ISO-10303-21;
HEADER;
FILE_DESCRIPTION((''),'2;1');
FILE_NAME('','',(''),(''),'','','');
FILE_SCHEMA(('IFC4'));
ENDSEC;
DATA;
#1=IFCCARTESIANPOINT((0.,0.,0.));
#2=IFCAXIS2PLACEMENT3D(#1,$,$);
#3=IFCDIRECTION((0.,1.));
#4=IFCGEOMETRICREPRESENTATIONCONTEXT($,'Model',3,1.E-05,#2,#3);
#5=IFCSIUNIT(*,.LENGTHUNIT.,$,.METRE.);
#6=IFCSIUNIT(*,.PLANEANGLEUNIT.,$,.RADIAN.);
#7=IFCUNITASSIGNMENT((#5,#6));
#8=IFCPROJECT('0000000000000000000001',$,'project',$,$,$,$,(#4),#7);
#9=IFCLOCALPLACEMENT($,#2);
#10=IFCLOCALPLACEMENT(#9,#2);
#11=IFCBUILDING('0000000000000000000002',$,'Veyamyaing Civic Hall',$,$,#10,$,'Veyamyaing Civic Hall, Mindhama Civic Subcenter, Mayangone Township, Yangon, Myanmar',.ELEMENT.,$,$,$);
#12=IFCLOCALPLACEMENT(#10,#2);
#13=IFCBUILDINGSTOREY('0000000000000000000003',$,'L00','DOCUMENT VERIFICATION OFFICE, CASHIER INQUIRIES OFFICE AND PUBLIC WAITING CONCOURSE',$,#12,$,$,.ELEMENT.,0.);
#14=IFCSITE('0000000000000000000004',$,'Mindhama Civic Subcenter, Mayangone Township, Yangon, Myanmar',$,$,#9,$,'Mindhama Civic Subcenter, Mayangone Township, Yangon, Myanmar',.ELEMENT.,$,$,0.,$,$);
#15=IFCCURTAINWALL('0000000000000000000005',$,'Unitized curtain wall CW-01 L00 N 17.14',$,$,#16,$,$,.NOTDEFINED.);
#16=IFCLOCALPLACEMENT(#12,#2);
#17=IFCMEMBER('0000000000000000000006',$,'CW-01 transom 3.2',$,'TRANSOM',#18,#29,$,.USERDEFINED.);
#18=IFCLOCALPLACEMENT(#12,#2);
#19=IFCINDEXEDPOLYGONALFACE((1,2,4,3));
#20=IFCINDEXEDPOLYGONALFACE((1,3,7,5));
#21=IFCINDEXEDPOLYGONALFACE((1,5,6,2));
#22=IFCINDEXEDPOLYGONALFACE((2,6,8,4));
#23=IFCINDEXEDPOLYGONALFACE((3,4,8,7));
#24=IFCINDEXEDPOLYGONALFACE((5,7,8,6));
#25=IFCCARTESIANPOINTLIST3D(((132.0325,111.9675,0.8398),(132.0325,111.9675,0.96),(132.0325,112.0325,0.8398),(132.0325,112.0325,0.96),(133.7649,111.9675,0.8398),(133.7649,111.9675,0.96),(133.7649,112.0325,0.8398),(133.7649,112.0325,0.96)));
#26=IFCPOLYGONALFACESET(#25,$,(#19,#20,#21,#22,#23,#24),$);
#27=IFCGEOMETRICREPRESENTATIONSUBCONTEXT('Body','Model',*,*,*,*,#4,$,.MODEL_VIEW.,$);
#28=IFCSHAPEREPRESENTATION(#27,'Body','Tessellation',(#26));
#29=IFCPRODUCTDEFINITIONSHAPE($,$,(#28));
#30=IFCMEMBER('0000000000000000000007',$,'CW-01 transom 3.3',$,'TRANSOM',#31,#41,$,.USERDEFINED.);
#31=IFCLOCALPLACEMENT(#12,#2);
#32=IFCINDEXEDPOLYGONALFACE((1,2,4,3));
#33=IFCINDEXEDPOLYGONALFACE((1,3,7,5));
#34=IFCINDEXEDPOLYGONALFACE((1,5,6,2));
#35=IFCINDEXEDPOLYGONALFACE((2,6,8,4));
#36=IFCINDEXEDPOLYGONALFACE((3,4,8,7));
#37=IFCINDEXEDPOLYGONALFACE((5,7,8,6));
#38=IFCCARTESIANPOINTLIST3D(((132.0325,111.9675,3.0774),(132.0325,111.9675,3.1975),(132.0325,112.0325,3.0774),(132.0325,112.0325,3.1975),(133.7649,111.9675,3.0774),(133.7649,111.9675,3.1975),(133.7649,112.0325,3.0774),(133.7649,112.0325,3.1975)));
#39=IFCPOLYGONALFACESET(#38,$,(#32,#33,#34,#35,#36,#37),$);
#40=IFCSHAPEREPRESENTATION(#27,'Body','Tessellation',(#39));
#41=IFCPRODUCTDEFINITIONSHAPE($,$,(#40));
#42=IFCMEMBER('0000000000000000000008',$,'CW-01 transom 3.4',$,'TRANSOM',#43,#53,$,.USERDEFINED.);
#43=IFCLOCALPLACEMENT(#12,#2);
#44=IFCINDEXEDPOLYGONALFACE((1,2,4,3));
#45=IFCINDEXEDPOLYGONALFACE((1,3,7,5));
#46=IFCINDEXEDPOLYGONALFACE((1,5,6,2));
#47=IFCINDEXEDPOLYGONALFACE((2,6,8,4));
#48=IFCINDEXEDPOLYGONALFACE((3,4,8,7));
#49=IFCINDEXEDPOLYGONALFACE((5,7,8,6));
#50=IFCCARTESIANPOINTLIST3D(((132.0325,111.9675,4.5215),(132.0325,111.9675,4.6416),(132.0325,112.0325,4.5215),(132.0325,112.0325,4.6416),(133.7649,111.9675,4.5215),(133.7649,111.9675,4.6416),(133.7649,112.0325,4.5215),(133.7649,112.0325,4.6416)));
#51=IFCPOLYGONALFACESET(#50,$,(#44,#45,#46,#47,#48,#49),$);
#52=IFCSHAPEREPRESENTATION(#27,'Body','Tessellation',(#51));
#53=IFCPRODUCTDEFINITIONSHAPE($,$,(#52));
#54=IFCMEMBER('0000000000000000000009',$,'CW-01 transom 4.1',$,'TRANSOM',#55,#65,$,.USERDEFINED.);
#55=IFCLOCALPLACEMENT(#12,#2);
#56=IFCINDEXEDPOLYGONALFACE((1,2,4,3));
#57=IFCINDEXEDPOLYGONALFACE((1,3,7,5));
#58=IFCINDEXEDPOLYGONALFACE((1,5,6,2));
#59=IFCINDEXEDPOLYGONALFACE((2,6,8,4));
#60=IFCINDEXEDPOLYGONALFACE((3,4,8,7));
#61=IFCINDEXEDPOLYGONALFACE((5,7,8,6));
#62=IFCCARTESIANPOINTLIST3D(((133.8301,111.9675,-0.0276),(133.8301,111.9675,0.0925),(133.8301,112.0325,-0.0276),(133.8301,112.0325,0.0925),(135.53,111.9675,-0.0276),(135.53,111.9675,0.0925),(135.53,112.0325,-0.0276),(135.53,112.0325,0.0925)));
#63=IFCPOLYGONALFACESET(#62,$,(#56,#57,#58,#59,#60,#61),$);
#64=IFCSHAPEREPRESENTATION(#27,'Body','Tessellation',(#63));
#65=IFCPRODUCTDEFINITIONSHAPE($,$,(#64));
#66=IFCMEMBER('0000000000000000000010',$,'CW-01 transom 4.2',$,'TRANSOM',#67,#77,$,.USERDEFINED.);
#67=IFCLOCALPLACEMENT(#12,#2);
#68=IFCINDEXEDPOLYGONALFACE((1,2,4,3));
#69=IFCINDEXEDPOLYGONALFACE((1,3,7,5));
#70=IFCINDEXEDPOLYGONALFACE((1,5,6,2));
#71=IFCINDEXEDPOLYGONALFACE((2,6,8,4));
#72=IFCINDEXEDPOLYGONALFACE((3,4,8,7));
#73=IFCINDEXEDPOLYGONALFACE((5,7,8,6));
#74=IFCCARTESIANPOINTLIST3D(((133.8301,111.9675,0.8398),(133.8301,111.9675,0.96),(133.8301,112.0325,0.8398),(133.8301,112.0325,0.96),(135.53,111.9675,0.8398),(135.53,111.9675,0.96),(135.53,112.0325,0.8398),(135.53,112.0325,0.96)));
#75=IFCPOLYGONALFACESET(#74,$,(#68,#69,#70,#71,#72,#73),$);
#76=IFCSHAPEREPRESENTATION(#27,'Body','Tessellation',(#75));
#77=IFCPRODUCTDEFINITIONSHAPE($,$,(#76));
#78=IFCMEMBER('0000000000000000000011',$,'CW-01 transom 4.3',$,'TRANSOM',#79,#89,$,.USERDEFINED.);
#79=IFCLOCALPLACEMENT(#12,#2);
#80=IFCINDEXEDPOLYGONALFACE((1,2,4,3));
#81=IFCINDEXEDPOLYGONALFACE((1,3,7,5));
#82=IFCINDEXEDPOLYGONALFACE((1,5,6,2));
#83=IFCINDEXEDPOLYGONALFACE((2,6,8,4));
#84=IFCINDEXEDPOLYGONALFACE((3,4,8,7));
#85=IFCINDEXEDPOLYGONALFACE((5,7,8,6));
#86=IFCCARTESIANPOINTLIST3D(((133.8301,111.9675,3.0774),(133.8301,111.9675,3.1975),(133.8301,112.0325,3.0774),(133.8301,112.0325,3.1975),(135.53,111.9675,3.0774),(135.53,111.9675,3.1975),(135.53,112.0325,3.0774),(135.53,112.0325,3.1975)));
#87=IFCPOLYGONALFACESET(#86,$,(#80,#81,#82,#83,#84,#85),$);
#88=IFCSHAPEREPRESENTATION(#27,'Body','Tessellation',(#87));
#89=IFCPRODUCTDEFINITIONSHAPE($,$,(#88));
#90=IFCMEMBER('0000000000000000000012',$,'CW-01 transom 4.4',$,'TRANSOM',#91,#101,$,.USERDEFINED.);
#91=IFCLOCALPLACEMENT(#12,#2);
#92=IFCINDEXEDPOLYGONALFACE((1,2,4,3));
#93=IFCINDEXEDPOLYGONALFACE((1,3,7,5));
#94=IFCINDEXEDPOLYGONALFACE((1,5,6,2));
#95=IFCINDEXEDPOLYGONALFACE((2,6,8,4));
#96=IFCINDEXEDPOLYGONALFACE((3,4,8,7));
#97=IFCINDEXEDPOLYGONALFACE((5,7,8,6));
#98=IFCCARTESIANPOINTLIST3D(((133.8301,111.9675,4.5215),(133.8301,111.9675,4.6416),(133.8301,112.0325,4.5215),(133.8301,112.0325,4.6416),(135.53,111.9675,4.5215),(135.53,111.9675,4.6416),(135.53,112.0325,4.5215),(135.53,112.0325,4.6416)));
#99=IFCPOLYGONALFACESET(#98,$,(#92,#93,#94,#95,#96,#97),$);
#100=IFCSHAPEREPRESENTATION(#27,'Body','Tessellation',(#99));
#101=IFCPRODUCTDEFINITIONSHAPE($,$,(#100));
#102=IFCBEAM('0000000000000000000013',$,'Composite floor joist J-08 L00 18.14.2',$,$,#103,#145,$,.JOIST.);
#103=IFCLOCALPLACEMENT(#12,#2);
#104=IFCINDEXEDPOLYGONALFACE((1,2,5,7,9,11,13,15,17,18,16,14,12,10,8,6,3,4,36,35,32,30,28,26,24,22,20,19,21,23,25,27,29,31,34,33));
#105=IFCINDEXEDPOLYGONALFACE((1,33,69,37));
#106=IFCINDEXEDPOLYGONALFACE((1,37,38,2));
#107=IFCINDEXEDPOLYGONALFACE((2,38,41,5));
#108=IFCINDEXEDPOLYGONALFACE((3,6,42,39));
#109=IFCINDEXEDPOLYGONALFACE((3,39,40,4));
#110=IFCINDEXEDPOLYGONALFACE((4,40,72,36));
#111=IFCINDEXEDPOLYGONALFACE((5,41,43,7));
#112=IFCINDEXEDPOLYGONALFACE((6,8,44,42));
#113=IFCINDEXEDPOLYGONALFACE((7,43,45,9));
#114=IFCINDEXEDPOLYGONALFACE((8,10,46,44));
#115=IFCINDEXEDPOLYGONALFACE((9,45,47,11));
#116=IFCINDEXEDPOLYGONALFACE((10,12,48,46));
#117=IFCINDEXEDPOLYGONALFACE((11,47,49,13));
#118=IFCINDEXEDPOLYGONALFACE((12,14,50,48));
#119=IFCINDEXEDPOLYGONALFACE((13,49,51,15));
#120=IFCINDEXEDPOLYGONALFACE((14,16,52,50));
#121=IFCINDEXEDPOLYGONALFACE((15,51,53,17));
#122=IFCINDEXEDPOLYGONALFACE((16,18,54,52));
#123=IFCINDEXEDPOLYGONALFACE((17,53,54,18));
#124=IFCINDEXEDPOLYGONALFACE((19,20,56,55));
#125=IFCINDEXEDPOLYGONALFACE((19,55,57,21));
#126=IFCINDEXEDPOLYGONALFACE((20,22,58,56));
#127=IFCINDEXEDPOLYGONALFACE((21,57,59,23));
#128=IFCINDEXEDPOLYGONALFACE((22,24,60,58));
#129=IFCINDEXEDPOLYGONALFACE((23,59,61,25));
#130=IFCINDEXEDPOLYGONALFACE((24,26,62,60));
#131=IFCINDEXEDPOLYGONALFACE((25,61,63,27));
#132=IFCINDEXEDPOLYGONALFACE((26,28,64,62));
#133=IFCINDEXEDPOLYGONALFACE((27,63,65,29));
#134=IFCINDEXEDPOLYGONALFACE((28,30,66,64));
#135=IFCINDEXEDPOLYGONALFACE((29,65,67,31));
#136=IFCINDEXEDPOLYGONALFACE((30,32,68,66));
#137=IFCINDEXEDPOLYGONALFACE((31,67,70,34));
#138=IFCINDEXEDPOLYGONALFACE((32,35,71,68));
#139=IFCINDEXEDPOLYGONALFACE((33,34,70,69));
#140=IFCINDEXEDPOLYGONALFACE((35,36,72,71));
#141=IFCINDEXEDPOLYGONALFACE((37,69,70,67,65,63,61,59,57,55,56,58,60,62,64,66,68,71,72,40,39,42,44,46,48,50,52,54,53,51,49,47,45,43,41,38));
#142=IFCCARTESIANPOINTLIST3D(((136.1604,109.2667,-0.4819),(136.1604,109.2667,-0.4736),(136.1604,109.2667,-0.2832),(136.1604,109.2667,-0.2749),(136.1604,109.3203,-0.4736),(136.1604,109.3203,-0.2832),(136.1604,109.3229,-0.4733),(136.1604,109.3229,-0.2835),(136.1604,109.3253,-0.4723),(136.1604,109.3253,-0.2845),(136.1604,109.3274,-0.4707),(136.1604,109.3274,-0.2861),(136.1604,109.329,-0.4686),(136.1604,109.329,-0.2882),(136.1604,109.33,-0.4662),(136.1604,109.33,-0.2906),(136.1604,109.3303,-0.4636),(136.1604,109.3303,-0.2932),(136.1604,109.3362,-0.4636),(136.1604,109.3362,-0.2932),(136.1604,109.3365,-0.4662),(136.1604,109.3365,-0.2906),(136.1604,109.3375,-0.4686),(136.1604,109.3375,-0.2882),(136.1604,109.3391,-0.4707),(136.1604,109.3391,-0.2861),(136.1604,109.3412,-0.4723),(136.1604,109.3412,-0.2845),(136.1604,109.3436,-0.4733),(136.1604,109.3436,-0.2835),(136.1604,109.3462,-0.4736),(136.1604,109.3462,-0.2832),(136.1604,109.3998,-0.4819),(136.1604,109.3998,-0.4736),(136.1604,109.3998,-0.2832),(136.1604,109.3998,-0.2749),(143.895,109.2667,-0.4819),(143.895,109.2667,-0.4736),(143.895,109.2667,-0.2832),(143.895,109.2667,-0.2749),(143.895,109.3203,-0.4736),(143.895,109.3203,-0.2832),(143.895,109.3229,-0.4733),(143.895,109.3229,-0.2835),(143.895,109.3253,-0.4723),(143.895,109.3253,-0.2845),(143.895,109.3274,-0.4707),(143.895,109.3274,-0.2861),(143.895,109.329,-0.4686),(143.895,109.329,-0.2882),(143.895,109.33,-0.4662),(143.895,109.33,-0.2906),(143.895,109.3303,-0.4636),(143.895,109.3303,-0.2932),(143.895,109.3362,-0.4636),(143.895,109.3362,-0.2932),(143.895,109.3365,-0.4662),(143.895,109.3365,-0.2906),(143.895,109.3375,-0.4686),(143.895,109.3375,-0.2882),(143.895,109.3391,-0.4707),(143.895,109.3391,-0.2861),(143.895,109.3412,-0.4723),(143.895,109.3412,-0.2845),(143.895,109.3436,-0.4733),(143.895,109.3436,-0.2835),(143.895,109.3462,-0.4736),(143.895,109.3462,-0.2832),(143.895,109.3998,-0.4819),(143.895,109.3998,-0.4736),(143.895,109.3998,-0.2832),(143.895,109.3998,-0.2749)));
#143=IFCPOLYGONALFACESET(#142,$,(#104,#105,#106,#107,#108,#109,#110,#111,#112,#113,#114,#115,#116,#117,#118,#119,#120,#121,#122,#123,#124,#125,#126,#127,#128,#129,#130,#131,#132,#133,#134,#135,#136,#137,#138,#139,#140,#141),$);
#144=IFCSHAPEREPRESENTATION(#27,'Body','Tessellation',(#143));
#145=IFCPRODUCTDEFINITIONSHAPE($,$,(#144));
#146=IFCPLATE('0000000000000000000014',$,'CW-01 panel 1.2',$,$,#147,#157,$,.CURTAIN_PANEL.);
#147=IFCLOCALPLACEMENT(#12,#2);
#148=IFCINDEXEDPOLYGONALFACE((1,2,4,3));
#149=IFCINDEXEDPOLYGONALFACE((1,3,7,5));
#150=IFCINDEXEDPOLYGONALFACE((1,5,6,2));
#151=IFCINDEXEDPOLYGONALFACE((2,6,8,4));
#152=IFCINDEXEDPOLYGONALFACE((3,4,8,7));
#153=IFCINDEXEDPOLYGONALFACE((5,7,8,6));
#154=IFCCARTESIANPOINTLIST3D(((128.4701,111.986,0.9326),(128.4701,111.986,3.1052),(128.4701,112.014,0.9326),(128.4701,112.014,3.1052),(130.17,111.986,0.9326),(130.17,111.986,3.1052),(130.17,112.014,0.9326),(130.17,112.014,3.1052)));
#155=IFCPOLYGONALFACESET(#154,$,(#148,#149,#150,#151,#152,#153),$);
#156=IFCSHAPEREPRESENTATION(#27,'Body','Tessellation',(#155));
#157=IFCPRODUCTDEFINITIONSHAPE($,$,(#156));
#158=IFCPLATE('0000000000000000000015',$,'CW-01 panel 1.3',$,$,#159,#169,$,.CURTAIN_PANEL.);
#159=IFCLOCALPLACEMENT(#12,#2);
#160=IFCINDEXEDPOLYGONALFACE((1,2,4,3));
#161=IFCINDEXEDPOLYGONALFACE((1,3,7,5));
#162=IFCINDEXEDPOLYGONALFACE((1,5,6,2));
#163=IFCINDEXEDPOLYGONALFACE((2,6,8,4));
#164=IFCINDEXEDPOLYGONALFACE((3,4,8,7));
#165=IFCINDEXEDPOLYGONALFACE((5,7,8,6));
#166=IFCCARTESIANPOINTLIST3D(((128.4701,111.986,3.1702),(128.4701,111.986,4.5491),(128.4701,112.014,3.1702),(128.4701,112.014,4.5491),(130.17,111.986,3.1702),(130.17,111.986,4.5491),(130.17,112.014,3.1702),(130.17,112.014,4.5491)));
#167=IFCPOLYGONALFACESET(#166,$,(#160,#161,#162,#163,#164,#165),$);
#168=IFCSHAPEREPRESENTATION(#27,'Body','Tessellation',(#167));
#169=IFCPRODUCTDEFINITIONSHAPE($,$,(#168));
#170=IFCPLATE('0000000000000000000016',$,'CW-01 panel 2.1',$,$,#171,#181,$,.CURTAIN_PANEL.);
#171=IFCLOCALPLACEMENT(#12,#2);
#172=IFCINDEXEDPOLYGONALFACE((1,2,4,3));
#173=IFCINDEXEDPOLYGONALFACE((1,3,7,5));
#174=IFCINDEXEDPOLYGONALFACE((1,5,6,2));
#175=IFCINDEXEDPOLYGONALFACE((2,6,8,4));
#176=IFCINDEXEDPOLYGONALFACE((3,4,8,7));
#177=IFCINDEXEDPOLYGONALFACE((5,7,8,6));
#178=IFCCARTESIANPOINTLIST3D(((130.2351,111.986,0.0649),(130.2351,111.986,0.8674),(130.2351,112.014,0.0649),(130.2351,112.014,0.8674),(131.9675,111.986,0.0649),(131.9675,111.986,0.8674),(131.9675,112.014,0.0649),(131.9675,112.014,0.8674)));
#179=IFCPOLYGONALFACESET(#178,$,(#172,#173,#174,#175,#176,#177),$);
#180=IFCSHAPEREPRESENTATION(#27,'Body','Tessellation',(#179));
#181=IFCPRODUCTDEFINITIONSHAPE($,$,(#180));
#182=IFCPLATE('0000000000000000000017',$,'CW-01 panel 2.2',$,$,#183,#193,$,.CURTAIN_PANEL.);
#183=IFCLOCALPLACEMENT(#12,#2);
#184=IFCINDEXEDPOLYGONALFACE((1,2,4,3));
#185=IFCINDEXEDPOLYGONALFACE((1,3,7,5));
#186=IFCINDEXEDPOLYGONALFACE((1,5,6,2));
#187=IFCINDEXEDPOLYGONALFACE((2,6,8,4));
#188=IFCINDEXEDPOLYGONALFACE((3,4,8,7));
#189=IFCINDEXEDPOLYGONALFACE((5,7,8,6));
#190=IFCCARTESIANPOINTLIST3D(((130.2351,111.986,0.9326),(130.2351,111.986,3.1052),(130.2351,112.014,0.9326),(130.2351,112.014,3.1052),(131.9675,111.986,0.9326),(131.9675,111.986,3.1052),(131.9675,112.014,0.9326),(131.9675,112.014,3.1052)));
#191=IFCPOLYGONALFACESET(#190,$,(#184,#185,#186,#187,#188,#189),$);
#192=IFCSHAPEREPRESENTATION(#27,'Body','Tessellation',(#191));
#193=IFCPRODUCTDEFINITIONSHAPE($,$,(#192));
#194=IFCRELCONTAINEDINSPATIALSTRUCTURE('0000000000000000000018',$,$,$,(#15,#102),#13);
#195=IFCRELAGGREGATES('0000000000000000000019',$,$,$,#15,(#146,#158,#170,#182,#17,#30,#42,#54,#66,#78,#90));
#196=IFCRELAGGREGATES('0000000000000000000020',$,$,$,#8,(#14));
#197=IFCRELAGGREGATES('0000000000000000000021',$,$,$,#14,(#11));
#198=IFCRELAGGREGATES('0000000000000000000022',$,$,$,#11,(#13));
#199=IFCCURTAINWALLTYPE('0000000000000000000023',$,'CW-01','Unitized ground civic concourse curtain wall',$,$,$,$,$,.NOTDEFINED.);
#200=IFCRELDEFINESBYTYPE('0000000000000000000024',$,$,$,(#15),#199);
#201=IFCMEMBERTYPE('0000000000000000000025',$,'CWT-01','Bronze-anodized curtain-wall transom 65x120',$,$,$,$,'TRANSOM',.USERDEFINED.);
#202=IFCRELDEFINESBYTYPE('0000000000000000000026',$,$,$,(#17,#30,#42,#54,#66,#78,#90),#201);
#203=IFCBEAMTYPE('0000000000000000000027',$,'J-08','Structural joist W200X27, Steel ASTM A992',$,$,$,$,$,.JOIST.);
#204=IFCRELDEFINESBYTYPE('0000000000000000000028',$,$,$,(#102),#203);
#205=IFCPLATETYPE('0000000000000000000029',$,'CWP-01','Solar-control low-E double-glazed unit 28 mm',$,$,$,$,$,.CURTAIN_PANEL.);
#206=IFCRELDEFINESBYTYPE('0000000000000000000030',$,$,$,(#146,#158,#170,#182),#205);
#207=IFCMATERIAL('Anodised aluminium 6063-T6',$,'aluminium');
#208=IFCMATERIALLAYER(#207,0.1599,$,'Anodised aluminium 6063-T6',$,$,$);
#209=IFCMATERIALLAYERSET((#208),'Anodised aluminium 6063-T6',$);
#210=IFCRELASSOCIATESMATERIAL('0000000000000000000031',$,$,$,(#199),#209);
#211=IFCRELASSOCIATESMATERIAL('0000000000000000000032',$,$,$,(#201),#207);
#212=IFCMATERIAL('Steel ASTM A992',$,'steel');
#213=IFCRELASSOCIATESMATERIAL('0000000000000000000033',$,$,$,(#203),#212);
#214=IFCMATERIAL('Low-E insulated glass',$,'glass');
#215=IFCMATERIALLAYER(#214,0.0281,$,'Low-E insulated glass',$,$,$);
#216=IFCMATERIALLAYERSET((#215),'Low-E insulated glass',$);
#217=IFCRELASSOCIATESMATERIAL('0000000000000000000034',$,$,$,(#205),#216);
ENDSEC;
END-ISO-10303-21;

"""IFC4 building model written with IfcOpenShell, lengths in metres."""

from ifc_helpers import new_model, si_unit, direction, frame, origin, origin_2d, place, context, subcontext, project, spatial, rectangle, i_section, extrude, material, layer, layer_set, material_profile, profile_set, type_object, element, aggregate, save


model = new_model("IFC4")

# Units and contexts
model_context = context("Model", 3, precision=1e-05, world=origin(), true_north=direction((0.0, 1.0)))
body_context = subcontext(model_context, "Body", "Model", "MODEL_VIEW")
ifc_project = project(units=[si_unit("LENGTHUNIT", "METRE"), si_unit("PLANEANGLEUNIT", "RADIAN")], contexts=[model_context])

# Site, building, storey
site_placement = place(None, origin())
site = spatial("IfcSite", under=ifc_project, at=site_placement, Name="Mindhama Civic Subcenter, Mayangone Township, Yangon, Myanmar", LongName="Mindhama Civic Subcenter, Mayangone Township, Yangon, Myanmar", CompositionType="ELEMENT", RefElevation=0.0)
building_placement = place(site_placement, origin())
building = spatial("IfcBuilding", under=site, at=building_placement, Name="Veyamyaing Civic Hall", LongName="Veyamyaing Civic Hall, Mindhama Civic Subcenter, Mayangone Township, Yangon, Myanmar", CompositionType="ELEMENT")
storey_placement = place(building_placement, origin())
storey = spatial("IfcBuildingStorey", under=building, at=storey_placement, Name="L00", Description="DOCUMENT VERIFICATION OFFICE, CASHIER INQUIRIES OFFICE AND PUBLIC WAITING CONCOURSE", CompositionType="ELEMENT", Elevation=0.0)

# Shared definitions
ifc_material_1 = material(Name="Steel ASTM A992", Category="steel")

# Curtain wall, members
ifc_material_2 = material(Name="Anodised aluminium 6063-T6", Category="aluminium")
ifc_layer_1 = layer(ifc_material_2, 0.1599, Name="Anodised aluminium 6063-T6")
ifc_layer_set_1 = layer_set([ifc_layer_1], Name="Anodised aluminium 6063-T6")
curtain_wall_type = type_object("IfcCurtainWallType", Name="CW-01", Description="Unitized ground civic concourse curtain wall", PredefinedType="NOTDEFINED", material=ifc_layer_set_1)
curtain_wall_placement = place(storey_placement, origin())
curtain_wall = element("IfcCurtainWall", 1, at=curtain_wall_placement, inside=storey, type_object=curtain_wall_type, Name="Unitized curtain wall CW-01 L00 N 17.14", PredefinedType="NOTDEFINED")
ifc_material_profile_1 = material_profile(ifc_material_2, rectangle(XDim=0.0649, YDim=0.1201, at=origin_2d()), Name="ALU-TRN-65X120")
ifc_profile_set_1 = profile_set([ifc_material_profile_1], Name="Anodised aluminium 6063-T6")
member_type_1 = type_object("IfcMemberType", Name="CWT-01", Description="Bronze-anodized curtain-wall transom 65x120", ElementType="TRANSOM", PredefinedType="USERDEFINED", material=ifc_profile_set_1)
member_1_placement = place(storey_placement, frame((132.0325, 112.0, 0.8999), z_axis=(1.0, 0.0, 0.0), x_axis=(0.0, 1.0, 0.0)))
member_1 = element("IfcMember", 2, at=member_1_placement, type_object=member_type_1, Name="CW-01 transom 3.2", ObjectType="TRANSOM", PredefinedType="USERDEFINED", context=body_context, shape_type="SweptSolid", body=[
    extrude(rectangle(XDim=0.0649, YDim=0.1201, at=origin_2d()), origin(), (0.0, 0.0, 1.0), 1.7324),
])
member_2_placement = place(storey_placement, frame((132.0325, 112.0, 3.1375), z_axis=(1.0, 0.0, 0.0), x_axis=(0.0, 1.0, 0.0)))
member_2 = element("IfcMember", 3, at=member_2_placement, type_object=member_type_1, Name="CW-01 transom 3.3", ObjectType="TRANSOM", PredefinedType="USERDEFINED", context=body_context, shape_type="SweptSolid", body=[
    extrude(rectangle(XDim=0.0649, YDim=0.1201, at=origin_2d()), origin(), (0.0, 0.0, 1.0), 1.7324),
])
member_3_placement = place(storey_placement, frame((132.0325, 112.0, 4.5815), z_axis=(1.0, 0.0, 0.0), x_axis=(0.0, 1.0, 0.0)))
member_3 = element("IfcMember", 4, at=member_3_placement, type_object=member_type_1, Name="CW-01 transom 3.4", ObjectType="TRANSOM", PredefinedType="USERDEFINED", context=body_context, shape_type="SweptSolid", body=[
    extrude(rectangle(XDim=0.0649, YDim=0.1201, at=origin_2d()), origin(), (0.0, 0.0, 1.0), 1.7324),
])
member_4_placement = place(storey_placement, frame((133.8301, 112.0, 0.0325), z_axis=(1.0, 0.0, 0.0), x_axis=(0.0, 1.0, 0.0)))
member_4 = element("IfcMember", 5, at=member_4_placement, type_object=member_type_1, Name="CW-01 transom 4.1", ObjectType="TRANSOM", PredefinedType="USERDEFINED", context=body_context, shape_type="SweptSolid", body=[
    extrude(rectangle(XDim=0.0649, YDim=0.1201, at=origin_2d()), origin(), (0.0, 0.0, 1.0), 1.7),
])
member_5_placement = place(storey_placement, frame((133.8301, 112.0, 0.8999), z_axis=(1.0, 0.0, 0.0), x_axis=(0.0, 1.0, 0.0)))
member_5 = element("IfcMember", 6, at=member_5_placement, type_object=member_type_1, Name="CW-01 transom 4.2", ObjectType="TRANSOM", PredefinedType="USERDEFINED", context=body_context, shape_type="SweptSolid", body=[
    extrude(rectangle(XDim=0.0649, YDim=0.1201, at=origin_2d()), origin(), (0.0, 0.0, 1.0), 1.7),
])
member_6_placement = place(storey_placement, frame((133.8301, 112.0, 3.1375), z_axis=(1.0, 0.0, 0.0), x_axis=(0.0, 1.0, 0.0)))
member_6 = element("IfcMember", 7, at=member_6_placement, type_object=member_type_1, Name="CW-01 transom 4.3", ObjectType="TRANSOM", PredefinedType="USERDEFINED", context=body_context, shape_type="SweptSolid", body=[
    extrude(rectangle(XDim=0.0649, YDim=0.1201, at=origin_2d()), origin(), (0.0, 0.0, 1.0), 1.7),
])
member_7_placement = place(storey_placement, frame((133.8301, 112.0, 4.5815), z_axis=(1.0, 0.0, 0.0), x_axis=(0.0, 1.0, 0.0)))
member_7 = element("IfcMember", 8, at=member_7_placement, type_object=member_type_1, Name="CW-01 transom 4.4", ObjectType="TRANSOM", PredefinedType="USERDEFINED", context=body_context, shape_type="SweptSolid", body=[
    extrude(rectangle(XDim=0.0649, YDim=0.1201, at=origin_2d()), origin(), (0.0, 0.0, 1.0), 1.7),
])

# Beam
ifc_material_profile_2 = material_profile(ifc_material_1, i_section(OverallWidth=0.1331, OverallDepth=0.207, WebThickness=0.0059, FlangeThickness=0.0083, FilletRadius=0.01, at=origin_2d()), Name="W200X27")
ifc_profile_set_2 = profile_set([ifc_material_profile_2], Name="Steel ASTM A992")
beam_type_1 = type_object("IfcBeamType", Name="J-08", Description="Structural joist W200X27, Steel ASTM A992", PredefinedType="JOIST", material=ifc_profile_set_2)
beam_1_placement = place(storey_placement, frame((136.1604, 109.3333, -0.3784), z_axis=(1.0, 0.0, 0.0), x_axis=(0.0, 1.0, 0.0)))
element("IfcBeam", 9, at=beam_1_placement, inside=storey, type_object=beam_type_1, Name="Composite floor joist J-08 L00 18.14.2", PredefinedType="JOIST", context=body_context, shape_type="SweptSolid", body=[
    extrude(i_section(OverallWidth=0.1331, OverallDepth=0.207, WebThickness=0.0059, FlangeThickness=0.0083, FilletRadius=0.01, at=origin_2d()), origin(), (0.0, 0.0, 1.0), 7.7346),
])

# Plates
ifc_material_3 = material(Name="Low-E insulated glass", Category="glass")
ifc_layer_2 = layer(ifc_material_3, 0.0281, Name="Low-E insulated glass")
ifc_layer_set_2 = layer_set([ifc_layer_2], Name="Low-E insulated glass")
plate_type = type_object("IfcPlateType", Name="CWP-01", Description="Solar-control low-E double-glazed unit 28 mm", PredefinedType="CURTAIN_PANEL", material=ifc_layer_set_2)
plate_1_placement = place(storey_placement, frame((129.3201, 112.0, 0.9326), z_axis=(0.0, 0.0, 1.0), x_axis=(1.0, 0.0, 0.0)))
plate_1 = element("IfcPlate", 10, at=plate_1_placement, type_object=plate_type, Name="CW-01 panel 1.2", PredefinedType="CURTAIN_PANEL", context=body_context, shape_type="SweptSolid", body=[
    extrude(rectangle(XDim=1.7, YDim=0.0281, at=origin_2d()), origin(), (0.0, 0.0, 1.0), 2.1726),
])
plate_2_placement = place(storey_placement, frame((129.3201, 112.0, 3.1702), z_axis=(0.0, 0.0, 1.0), x_axis=(1.0, 0.0, 0.0)))
plate_2 = element("IfcPlate", 11, at=plate_2_placement, type_object=plate_type, Name="CW-01 panel 1.3", PredefinedType="CURTAIN_PANEL", context=body_context, shape_type="SweptSolid", body=[
    extrude(rectangle(XDim=1.7, YDim=0.0281, at=origin_2d()), origin(), (0.0, 0.0, 1.0), 1.3789),
])
plate_3_placement = place(storey_placement, frame((131.1013, 112.0, 0.0649), z_axis=(0.0, 0.0, 1.0), x_axis=(1.0, 0.0, 0.0)))
plate_3 = element("IfcPlate", 12, at=plate_3_placement, type_object=plate_type, Name="CW-01 panel 2.1", PredefinedType="CURTAIN_PANEL", context=body_context, shape_type="SweptSolid", body=[
    extrude(rectangle(XDim=1.7324, YDim=0.0281, at=origin_2d()), origin(), (0.0, 0.0, 1.0), 0.8025),
])
plate_4_placement = place(storey_placement, frame((131.1013, 112.0, 0.9326), z_axis=(0.0, 0.0, 1.0), x_axis=(1.0, 0.0, 0.0)))
plate_4 = element("IfcPlate", 13, at=plate_4_placement, type_object=plate_type, Name="CW-01 panel 2.2", PredefinedType="CURTAIN_PANEL", context=body_context, shape_type="SweptSolid", body=[
    extrude(rectangle(XDim=1.7324, YDim=0.0281, at=origin_2d()), origin(), (0.0, 0.0, 1.0), 2.1726),
])
aggregate(curtain_wall, [plate_1, plate_2, plate_3, plate_4, member_1, member_2, member_3, member_4, member_5, member_6, member_7])

save(model, "model.ifc")
